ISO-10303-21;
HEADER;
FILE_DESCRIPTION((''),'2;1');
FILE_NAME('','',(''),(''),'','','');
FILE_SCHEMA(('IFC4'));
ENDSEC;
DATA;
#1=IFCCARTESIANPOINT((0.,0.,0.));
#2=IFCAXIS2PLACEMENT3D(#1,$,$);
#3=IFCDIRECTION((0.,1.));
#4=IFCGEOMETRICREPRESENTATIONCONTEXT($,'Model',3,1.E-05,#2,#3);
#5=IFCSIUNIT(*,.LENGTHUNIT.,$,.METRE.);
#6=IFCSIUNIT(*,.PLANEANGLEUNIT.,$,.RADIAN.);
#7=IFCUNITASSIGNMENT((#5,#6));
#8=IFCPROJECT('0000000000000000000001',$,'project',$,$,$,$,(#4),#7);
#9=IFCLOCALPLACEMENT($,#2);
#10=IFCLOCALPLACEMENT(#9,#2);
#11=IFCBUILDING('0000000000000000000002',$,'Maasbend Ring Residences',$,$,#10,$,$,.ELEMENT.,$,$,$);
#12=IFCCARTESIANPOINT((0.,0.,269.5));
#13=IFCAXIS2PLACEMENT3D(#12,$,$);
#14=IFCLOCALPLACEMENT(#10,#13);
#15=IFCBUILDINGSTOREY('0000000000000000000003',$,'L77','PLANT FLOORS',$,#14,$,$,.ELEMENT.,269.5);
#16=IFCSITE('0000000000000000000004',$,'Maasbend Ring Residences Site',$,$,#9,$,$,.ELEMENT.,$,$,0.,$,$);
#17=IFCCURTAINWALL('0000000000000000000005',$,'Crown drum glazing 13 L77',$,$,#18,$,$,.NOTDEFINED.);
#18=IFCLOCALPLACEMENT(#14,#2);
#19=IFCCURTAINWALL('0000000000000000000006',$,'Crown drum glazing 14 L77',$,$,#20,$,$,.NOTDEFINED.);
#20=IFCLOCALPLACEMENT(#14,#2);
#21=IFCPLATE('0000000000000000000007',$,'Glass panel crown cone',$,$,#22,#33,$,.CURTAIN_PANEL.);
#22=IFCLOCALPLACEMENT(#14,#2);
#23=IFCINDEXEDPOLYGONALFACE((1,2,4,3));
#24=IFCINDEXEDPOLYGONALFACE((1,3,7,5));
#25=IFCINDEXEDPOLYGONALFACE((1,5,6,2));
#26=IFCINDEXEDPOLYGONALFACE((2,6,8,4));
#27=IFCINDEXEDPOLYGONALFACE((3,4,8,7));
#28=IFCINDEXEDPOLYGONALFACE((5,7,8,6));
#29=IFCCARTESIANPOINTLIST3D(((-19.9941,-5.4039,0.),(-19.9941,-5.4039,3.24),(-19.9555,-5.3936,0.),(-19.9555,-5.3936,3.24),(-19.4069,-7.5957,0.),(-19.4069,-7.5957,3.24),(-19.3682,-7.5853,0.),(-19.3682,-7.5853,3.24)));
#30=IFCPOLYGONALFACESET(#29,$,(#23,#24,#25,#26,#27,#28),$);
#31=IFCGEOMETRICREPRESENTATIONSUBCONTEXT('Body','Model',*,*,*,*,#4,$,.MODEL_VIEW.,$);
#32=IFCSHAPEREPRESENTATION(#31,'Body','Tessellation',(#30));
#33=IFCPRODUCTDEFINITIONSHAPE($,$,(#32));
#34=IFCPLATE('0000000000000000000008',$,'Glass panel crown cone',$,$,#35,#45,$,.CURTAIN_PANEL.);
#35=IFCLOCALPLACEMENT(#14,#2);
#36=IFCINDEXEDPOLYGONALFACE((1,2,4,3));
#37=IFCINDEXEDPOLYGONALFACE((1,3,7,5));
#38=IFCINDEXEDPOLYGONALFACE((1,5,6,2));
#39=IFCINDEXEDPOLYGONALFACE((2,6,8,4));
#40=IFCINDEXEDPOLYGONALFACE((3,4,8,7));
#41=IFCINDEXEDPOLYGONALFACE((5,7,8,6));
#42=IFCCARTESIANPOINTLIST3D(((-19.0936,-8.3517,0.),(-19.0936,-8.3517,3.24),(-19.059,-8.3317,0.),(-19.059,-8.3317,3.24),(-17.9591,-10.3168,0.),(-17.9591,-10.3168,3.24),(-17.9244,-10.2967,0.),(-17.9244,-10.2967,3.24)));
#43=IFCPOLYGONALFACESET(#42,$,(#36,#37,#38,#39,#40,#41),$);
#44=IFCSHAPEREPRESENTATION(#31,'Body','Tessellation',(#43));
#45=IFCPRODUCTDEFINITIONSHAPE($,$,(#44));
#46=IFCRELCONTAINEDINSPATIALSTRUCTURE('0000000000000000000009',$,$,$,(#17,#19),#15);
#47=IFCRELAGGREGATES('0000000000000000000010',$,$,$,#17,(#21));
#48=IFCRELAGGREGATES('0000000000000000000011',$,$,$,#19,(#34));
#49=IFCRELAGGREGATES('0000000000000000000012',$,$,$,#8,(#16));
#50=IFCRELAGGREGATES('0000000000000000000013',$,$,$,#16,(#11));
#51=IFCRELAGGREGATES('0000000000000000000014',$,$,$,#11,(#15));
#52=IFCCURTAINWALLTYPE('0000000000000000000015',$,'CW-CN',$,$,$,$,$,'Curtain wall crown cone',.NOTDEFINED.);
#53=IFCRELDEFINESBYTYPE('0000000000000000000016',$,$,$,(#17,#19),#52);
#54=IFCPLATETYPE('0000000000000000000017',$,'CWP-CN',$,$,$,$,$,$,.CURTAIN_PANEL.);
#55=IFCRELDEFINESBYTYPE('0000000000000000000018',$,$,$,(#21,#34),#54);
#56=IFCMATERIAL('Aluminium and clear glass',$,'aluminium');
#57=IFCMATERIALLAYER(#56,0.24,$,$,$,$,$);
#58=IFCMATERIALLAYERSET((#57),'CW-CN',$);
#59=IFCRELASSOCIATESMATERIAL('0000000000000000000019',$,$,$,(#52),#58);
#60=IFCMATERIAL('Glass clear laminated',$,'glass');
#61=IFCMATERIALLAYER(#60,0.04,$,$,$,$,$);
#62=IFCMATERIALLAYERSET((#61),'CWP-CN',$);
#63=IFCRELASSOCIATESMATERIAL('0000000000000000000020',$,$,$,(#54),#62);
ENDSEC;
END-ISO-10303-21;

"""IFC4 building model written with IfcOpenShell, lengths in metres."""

from ifc_helpers import new_model, si_unit, direction, frame, origin, origin_2d, place, context, subcontext, project, spatial, rectangle, extrude, material, layer, layer_set, type_object, element, aggregate, save


model = new_model("IFC4")

# Units and contexts
model_context = context("Model", 3, precision=1e-05, world=origin(), true_north=direction((0.0, 1.0)))
body_context = subcontext(model_context, "Body", "Model", "MODEL_VIEW")
ifc_project = project(units=[si_unit("LENGTHUNIT", "METRE"), si_unit("PLANEANGLEUNIT", "RADIAN")], contexts=[model_context])

# Site, building, storey
site_placement = place(None, origin())
site = spatial("IfcSite", under=ifc_project, at=site_placement, Name="Maasbend Ring Residences Site", CompositionType="ELEMENT", RefElevation=0.0)
building_placement = place(site_placement, origin())
building = spatial("IfcBuilding", under=site, at=building_placement, Name="Maasbend Ring Residences", CompositionType="ELEMENT")
storey_placement = place(building_placement, frame((0.0, 0.0, 269.5)))
storey = spatial("IfcBuildingStorey", under=building, at=storey_placement, Name="L77", Description="PLANT FLOORS", CompositionType="ELEMENT", Elevation=269.5)

# Curtain wall
ifc_material_1 = material(Name="Aluminium and clear glass", Category="aluminium")
ifc_layer_1 = layer(ifc_material_1, 0.24)
ifc_layer_set_1 = layer_set([ifc_layer_1], Name="CW-CN")
curtain_wall_type = type_object("IfcCurtainWallType", Name="CW-CN", ElementType="Curtain wall crown cone", PredefinedType="NOTDEFINED", material=ifc_layer_set_1)
curtain_wall_1_placement = place(storey_placement, origin())
curtain_wall_1 = element("IfcCurtainWall", 1, at=curtain_wall_1_placement, inside=storey, type_object=curtain_wall_type, Name="Crown drum glazing 13 L77", PredefinedType="NOTDEFINED")

# Curtain wall
curtain_wall_2_placement = place(storey_placement, origin())
curtain_wall_2 = element("IfcCurtainWall", 2, at=curtain_wall_2_placement, inside=storey, type_object=curtain_wall_type, Name="Crown drum glazing 14 L77", PredefinedType="NOTDEFINED")

# Plates
ifc_material_2 = material(Name="Glass clear laminated", Category="glass")
ifc_layer_2 = layer(ifc_material_2, 0.04)
ifc_layer_set_2 = layer_set([ifc_layer_2], Name="CWP-CN")
plate_type = type_object("IfcPlateType", Name="CWP-CN", PredefinedType="CURTAIN_PANEL", material=ifc_layer_set_2)
plate_1_placement = place(storey_placement, frame((-19.6812, -6.4946, 0.0), z_axis=(0.0, 0.0, 1.0), x_axis=(0.258819, -0.965926, 0.0)))
plate_1 = element("IfcPlate", 3, at=plate_1_placement, type_object=plate_type, Name="Glass panel crown cone", PredefinedType="CURTAIN_PANEL", context=body_context, shape_type="SweptSolid", body=[
    extrude(rectangle(XDim=2.269, YDim=0.04, at=origin_2d()), origin(), (0.0, 0.0, 1.0), 3.24),
])
aggregate(curtain_wall_1, [plate_1])
plate_2_placement = place(storey_placement, frame((-18.509, -9.3242, 0.0), z_axis=(0.0, 0.0, 1.0), x_axis=(0.5, -0.866025, 0.0)))
plate_2 = element("IfcPlate", 4, at=plate_2_placement, type_object=plate_type, Name="Glass panel crown cone", PredefinedType="CURTAIN_PANEL", context=body_context, shape_type="SweptSolid", body=[
    extrude(rectangle(XDim=2.269, YDim=0.04, at=origin_2d()), origin(), (0.0, 0.0, 1.0), 3.24),
])
aggregate(curtain_wall_2, [plate_2])

save(model, "model.ifc")
